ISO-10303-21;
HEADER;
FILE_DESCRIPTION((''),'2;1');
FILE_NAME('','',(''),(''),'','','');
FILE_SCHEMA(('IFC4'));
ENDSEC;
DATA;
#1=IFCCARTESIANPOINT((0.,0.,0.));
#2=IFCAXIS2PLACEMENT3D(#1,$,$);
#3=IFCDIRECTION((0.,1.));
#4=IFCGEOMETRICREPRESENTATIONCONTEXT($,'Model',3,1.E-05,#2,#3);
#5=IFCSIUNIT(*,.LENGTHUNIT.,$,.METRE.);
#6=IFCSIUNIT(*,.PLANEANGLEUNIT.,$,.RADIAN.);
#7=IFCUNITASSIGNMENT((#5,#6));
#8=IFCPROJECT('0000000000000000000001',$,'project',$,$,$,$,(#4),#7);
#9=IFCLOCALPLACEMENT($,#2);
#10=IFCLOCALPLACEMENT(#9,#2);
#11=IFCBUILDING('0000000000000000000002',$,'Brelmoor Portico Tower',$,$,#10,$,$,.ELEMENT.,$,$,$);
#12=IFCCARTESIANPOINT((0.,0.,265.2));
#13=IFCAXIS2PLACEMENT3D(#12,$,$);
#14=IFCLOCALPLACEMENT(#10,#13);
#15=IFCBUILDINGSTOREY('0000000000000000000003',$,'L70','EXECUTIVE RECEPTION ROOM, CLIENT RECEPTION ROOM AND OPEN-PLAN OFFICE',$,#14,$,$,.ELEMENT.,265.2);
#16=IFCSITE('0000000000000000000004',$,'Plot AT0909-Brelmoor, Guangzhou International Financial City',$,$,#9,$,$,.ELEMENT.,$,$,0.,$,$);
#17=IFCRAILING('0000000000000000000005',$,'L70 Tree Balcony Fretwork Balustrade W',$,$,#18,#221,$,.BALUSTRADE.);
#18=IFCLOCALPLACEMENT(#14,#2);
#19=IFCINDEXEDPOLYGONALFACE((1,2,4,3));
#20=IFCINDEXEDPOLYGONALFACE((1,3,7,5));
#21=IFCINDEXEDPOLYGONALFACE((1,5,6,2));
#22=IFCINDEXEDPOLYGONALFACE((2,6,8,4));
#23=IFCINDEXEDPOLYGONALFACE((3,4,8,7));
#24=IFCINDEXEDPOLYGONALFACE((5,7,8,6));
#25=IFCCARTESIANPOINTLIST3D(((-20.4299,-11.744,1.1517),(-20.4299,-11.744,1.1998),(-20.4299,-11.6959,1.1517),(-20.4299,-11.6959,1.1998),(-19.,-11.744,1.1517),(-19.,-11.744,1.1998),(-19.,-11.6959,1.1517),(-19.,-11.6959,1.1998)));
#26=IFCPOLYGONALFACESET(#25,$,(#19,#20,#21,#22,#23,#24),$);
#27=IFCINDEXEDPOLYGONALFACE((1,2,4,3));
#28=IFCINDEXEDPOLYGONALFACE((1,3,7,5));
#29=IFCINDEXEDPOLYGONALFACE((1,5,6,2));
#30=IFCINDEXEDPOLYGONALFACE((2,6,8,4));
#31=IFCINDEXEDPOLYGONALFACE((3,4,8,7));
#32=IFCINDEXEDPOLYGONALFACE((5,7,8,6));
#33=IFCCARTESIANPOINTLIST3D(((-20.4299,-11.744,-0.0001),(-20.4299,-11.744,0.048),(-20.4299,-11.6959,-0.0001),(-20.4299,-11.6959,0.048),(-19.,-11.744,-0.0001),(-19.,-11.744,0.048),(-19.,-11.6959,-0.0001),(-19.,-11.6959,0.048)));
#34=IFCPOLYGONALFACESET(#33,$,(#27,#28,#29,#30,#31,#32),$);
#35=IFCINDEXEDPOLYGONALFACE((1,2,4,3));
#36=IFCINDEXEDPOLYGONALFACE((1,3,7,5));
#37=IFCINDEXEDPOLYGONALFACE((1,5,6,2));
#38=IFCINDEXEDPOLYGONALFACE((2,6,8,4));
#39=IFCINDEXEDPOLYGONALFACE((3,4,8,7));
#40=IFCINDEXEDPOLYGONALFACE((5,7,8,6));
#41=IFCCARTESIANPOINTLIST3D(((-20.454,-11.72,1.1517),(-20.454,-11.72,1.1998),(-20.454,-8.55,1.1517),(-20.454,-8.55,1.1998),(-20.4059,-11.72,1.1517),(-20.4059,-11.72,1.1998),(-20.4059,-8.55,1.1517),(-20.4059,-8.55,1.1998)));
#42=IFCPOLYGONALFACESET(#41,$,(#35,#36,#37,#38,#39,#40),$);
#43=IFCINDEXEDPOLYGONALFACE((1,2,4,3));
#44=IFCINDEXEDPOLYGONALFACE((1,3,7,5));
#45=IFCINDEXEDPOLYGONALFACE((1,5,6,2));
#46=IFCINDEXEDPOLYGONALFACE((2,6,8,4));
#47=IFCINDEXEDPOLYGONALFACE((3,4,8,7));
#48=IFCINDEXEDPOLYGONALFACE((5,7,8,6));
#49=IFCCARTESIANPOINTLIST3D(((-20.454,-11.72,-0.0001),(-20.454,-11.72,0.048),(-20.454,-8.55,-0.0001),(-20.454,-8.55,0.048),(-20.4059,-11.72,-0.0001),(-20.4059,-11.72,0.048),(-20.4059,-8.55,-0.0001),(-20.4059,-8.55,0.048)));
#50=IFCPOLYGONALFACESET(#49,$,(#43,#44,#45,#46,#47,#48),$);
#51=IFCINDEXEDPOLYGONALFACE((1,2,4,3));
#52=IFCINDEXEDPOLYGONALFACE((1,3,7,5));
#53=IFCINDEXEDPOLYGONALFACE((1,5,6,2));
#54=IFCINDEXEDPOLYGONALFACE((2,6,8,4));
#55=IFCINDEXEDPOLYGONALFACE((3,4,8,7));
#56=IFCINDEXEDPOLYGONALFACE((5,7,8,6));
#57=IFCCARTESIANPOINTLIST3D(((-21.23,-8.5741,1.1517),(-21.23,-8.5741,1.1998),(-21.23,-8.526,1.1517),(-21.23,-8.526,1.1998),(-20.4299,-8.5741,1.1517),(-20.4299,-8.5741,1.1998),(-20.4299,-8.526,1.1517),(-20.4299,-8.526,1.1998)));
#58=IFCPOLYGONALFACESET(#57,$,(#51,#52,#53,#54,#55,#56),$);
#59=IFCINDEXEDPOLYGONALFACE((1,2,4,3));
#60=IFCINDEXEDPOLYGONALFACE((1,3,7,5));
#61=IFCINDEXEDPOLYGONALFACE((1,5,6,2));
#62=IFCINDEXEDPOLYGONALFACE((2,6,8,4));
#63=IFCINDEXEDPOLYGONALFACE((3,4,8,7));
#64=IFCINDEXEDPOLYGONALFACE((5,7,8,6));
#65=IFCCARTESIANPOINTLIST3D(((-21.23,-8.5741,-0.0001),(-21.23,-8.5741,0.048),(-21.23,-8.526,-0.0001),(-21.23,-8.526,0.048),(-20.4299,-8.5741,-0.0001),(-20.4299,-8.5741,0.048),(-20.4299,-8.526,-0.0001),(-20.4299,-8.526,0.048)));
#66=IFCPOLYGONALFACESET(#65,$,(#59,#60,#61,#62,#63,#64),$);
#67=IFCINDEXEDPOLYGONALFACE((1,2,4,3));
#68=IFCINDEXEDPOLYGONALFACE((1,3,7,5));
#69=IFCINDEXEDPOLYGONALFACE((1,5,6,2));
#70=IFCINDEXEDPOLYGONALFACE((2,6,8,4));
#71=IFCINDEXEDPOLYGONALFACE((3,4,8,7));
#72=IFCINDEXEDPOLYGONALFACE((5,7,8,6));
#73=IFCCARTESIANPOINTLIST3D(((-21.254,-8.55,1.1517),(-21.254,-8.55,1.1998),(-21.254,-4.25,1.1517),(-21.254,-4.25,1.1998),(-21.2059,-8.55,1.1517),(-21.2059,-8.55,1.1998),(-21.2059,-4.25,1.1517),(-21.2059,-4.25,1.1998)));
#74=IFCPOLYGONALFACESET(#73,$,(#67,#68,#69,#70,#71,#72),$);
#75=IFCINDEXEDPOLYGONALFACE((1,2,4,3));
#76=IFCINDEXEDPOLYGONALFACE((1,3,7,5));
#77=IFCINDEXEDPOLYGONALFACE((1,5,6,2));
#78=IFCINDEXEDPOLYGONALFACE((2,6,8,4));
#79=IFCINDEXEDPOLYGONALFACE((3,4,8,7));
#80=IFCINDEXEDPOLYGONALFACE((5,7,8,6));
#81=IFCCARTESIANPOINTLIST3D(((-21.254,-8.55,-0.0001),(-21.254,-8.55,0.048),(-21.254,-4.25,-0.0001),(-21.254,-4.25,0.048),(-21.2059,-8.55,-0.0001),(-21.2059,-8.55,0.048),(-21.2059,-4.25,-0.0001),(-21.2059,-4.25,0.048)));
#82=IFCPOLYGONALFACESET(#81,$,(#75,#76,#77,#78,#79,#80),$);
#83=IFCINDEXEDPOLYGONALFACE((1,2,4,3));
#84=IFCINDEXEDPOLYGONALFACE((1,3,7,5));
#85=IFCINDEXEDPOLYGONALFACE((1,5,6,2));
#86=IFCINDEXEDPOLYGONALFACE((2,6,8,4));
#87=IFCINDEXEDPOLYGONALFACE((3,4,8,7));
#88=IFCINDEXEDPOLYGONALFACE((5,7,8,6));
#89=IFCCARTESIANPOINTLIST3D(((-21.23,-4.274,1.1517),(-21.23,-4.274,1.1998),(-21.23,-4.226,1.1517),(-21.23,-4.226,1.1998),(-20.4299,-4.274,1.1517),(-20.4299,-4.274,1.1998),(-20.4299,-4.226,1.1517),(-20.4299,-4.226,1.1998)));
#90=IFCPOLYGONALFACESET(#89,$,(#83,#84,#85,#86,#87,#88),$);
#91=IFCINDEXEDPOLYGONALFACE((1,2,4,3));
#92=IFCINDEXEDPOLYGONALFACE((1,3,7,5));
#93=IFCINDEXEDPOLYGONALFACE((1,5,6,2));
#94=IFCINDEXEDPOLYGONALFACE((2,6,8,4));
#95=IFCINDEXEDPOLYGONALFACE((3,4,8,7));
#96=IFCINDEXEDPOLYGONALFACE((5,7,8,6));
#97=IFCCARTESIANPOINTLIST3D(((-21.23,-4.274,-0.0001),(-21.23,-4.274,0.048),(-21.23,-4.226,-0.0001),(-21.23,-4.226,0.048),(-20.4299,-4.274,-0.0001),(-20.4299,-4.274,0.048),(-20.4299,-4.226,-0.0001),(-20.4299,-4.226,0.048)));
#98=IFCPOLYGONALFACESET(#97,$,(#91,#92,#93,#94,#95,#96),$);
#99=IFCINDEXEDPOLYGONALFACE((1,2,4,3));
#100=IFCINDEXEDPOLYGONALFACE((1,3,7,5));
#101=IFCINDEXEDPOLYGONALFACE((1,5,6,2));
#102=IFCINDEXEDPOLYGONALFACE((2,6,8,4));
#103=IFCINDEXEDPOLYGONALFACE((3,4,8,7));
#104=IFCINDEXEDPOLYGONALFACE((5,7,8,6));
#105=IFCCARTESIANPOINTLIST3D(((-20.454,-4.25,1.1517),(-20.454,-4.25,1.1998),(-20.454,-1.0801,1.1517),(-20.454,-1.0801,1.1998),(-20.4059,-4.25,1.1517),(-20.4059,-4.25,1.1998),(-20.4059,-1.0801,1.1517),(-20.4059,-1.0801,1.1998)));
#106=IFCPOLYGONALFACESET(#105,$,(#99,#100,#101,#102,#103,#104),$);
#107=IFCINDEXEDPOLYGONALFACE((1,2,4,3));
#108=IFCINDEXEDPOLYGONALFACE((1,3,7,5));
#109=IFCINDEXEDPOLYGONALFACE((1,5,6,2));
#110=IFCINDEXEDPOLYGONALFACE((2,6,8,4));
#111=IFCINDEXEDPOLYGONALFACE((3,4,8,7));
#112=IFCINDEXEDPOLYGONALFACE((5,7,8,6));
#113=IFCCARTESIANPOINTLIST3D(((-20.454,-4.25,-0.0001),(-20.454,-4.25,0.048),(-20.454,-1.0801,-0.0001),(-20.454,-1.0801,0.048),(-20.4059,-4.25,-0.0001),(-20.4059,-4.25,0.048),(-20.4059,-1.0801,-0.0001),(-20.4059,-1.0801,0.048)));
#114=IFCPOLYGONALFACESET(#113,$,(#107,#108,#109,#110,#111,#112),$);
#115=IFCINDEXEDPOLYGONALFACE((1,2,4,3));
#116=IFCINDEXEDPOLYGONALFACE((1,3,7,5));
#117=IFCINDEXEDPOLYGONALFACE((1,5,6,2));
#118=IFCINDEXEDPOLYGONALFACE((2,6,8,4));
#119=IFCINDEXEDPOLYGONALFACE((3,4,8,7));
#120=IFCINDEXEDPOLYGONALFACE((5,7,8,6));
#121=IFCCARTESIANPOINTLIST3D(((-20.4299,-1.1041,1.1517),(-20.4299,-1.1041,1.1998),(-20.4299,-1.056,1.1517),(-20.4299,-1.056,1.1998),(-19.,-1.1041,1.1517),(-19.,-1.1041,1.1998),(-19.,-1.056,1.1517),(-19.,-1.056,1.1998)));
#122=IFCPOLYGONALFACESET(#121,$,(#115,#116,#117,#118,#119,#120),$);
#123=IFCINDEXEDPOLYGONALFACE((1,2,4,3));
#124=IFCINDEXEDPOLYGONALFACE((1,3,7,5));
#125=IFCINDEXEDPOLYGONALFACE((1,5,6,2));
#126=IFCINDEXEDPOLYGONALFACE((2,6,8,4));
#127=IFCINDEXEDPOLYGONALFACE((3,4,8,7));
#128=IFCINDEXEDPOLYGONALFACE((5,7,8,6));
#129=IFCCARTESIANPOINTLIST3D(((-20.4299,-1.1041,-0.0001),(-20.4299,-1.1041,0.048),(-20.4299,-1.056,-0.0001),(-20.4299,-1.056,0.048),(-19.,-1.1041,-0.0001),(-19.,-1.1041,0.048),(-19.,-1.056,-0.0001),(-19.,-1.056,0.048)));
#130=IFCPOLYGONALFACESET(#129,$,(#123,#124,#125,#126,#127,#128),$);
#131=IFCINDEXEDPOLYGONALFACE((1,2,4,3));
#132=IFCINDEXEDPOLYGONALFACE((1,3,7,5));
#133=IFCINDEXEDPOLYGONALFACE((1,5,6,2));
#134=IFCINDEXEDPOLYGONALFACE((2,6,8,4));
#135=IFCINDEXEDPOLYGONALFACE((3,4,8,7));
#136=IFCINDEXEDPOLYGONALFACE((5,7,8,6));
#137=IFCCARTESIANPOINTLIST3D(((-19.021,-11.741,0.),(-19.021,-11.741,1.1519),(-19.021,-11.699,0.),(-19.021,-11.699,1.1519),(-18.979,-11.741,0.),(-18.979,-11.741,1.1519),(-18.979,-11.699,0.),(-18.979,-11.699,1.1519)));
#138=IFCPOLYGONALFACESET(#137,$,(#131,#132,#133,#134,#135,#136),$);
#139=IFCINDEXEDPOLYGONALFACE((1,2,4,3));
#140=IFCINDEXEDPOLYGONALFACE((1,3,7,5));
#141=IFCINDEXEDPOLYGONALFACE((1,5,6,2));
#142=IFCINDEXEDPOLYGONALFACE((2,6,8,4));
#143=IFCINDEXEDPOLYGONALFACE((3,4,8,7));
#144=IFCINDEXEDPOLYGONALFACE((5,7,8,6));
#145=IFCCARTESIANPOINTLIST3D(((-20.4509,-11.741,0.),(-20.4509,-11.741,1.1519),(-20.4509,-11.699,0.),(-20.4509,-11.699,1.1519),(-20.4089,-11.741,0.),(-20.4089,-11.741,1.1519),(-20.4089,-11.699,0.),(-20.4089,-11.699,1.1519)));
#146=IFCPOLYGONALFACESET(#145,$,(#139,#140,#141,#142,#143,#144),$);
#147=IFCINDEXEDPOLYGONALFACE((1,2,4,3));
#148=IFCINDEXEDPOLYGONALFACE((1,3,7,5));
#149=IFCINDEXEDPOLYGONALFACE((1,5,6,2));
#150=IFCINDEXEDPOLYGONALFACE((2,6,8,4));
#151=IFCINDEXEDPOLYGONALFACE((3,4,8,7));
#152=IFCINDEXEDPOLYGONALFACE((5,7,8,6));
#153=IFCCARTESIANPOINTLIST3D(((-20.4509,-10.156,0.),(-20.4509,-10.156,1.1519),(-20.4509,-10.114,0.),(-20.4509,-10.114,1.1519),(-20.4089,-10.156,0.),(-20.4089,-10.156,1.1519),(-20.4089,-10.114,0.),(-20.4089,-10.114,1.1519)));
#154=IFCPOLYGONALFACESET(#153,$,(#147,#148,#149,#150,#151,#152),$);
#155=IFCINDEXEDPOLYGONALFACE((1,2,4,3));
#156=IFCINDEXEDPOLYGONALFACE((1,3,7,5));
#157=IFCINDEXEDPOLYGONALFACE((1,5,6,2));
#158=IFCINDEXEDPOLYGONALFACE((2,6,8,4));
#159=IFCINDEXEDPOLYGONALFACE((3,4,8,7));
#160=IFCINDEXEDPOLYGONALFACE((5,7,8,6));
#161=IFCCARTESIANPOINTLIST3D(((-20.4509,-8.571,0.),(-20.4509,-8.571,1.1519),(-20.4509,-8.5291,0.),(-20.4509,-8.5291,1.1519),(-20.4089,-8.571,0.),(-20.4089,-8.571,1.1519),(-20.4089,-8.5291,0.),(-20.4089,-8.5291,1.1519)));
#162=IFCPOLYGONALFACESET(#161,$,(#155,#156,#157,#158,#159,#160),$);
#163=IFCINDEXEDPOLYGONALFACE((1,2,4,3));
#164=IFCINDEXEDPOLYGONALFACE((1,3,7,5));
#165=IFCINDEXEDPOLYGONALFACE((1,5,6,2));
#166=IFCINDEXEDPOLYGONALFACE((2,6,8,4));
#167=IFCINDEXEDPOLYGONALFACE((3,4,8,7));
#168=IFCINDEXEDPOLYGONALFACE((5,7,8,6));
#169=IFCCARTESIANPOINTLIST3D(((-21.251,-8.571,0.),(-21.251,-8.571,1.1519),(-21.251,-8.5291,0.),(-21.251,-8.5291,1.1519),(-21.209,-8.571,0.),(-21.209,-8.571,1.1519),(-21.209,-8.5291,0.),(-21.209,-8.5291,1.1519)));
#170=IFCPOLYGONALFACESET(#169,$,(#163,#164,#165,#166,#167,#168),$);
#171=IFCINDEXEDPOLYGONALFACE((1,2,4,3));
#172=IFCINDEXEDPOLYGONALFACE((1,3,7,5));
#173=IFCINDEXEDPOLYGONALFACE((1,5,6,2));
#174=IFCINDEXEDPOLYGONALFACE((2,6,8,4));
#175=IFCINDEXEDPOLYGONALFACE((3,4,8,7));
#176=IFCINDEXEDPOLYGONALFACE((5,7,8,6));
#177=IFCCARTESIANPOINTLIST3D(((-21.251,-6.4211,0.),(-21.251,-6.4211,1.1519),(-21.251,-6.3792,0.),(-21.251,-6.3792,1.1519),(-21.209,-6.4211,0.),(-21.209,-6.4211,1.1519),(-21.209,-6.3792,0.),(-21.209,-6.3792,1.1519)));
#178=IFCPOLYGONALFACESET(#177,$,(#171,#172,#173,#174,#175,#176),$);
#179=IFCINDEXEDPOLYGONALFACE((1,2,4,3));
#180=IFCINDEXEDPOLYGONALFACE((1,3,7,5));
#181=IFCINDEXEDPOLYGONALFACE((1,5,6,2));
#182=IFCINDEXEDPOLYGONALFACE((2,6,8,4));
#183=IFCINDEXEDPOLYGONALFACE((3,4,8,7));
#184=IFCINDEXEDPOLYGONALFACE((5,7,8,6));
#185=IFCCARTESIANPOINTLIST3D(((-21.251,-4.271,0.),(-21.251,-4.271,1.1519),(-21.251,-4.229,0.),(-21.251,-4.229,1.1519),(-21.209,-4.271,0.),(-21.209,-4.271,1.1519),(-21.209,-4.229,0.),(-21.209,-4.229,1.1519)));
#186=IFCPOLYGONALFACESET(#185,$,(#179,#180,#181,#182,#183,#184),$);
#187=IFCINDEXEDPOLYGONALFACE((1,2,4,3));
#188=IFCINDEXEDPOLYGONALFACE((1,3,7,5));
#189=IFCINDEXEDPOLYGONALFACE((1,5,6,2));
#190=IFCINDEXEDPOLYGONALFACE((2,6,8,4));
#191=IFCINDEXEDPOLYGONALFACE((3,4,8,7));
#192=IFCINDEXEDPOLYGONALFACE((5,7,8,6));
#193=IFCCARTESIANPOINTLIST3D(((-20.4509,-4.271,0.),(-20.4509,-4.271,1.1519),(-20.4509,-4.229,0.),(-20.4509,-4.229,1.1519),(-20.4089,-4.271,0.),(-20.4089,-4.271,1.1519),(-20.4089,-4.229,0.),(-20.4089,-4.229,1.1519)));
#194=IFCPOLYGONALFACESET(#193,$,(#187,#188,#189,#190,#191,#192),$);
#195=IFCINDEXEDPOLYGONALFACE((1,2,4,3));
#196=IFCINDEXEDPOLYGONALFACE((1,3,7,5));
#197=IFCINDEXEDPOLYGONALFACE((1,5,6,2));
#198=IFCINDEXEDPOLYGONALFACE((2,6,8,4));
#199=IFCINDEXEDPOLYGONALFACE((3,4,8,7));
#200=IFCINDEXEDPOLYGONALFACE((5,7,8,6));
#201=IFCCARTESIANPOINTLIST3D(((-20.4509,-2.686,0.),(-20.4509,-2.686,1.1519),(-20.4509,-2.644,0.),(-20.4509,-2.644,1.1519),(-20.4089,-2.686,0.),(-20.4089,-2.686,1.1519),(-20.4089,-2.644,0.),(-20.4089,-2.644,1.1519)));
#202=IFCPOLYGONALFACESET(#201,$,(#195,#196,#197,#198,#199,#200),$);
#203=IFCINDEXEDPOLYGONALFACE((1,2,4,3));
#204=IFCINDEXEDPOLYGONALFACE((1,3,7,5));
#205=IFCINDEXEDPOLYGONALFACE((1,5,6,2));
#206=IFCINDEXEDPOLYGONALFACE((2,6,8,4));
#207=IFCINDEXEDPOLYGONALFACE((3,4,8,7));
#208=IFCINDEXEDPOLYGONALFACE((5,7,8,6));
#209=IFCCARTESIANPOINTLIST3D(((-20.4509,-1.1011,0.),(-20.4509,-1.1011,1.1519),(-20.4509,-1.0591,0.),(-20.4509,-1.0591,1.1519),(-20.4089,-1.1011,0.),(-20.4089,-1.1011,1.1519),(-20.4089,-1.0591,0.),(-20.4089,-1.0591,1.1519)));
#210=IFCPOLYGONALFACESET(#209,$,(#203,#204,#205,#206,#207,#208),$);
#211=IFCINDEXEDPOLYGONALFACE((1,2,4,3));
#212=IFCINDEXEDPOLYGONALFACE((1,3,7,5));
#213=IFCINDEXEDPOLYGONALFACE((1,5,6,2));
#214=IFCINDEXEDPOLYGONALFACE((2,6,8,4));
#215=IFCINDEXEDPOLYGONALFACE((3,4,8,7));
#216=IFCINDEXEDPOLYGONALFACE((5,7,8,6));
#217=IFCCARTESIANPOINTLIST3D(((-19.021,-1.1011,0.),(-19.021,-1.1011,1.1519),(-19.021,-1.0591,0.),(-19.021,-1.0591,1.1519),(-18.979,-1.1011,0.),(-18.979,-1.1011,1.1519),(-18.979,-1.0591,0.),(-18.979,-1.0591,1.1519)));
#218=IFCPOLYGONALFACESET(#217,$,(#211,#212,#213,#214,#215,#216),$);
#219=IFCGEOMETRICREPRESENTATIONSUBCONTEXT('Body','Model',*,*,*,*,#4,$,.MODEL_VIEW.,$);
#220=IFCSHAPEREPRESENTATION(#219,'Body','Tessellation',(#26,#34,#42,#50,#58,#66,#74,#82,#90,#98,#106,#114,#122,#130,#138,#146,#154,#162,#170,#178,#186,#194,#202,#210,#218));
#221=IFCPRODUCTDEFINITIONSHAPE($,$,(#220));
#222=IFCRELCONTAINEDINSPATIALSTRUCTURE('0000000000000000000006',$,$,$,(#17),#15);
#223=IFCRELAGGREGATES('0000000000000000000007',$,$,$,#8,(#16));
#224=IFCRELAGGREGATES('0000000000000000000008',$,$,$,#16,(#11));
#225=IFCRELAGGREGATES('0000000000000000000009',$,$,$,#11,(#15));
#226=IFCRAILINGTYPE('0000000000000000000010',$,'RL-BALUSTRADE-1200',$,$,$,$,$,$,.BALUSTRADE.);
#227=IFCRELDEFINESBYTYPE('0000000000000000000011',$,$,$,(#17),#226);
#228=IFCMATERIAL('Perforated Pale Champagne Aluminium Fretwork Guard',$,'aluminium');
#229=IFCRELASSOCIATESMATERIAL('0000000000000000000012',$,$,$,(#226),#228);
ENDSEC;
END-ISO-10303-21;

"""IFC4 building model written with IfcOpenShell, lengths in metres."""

from ifc_helpers import new_model, si_unit, direction, frame, origin, origin_2d, place, context, subcontext, project, spatial, rectangle, extrude, material, type_object, element, save


model = new_model("IFC4")

# Units and contexts
model_context = context("Model", 3, precision=1e-05, world=origin(), true_north=direction((0.0, 1.0)))
body_context = subcontext(model_context, "Body", "Model", "MODEL_VIEW")
ifc_project = project(units=[si_unit("LENGTHUNIT", "METRE"), si_unit("PLANEANGLEUNIT", "RADIAN")], contexts=[model_context])

# Site, building, storey
site_placement = place(None, origin())
site = spatial("IfcSite", under=ifc_project, at=site_placement, Name="Plot AT0909-Brelmoor, Guangzhou International Financial City", CompositionType="ELEMENT", RefElevation=0.0)
building_placement = place(site_placement, origin())
building = spatial("IfcBuilding", under=site, at=building_placement, Name="Brelmoor Portico Tower", CompositionType="ELEMENT")
storey_placement = place(building_placement, frame((0.0, 0.0, 265.2)))
storey = spatial("IfcBuildingStorey", under=building, at=storey_placement, Name="L70", Description="EXECUTIVE RECEPTION ROOM, CLIENT RECEPTION ROOM AND OPEN-PLAN OFFICE", CompositionType="ELEMENT", Elevation=265.2)

# Railing
ifc_material_1 = material(Name="Perforated Pale Champagne Aluminium Fretwork Guard", Category="aluminium")
railing_type = type_object("IfcRailingType", Name="RL-BALUSTRADE-1200", PredefinedType="BALUSTRADE", material=ifc_material_1)
railing_1_placement = place(storey_placement, frame((-19.0, -11.72, 0.0)))
element("IfcRailing", 1, at=railing_1_placement, inside=storey, type_object=railing_type, Name="L70 Tree Balcony Fretwork Balustrade W", PredefinedType="BALUSTRADE", context=body_context, shape_type="SweptSolid", body=[
    extrude(rectangle(XDim=0.0481, YDim=0.0481, at=origin_2d()), frame((0.0, 0.0, 1.1758), z_axis=(-1.0, 0.0, 0.0), x_axis=(0.0, -1.0, 0.0)), (0.0, 0.0, 1.0), 1.4299),
    extrude(rectangle(XDim=0.0481, YDim=0.0481, at=origin_2d()), frame((0.0, 0.0, 0.0239), z_axis=(-1.0, 0.0, 0.0), x_axis=(0.0, -1.0, 0.0)), (0.0, 0.0, 1.0), 1.4299),
    extrude(rectangle(XDim=0.0481, YDim=0.0481, at=origin_2d()), frame((-1.4299, 0.0, 1.1758), z_axis=(0.0, 1.0, 0.0), x_axis=(-1.0, 0.0, 0.0)), (0.0, 0.0, 1.0), 3.1699),
    extrude(rectangle(XDim=0.0481, YDim=0.0481, at=origin_2d()), frame((-1.4299, 0.0, 0.0239), z_axis=(0.0, 1.0, 0.0), x_axis=(-1.0, 0.0, 0.0)), (0.0, 0.0, 1.0), 3.1699),
    extrude(rectangle(XDim=0.0481, YDim=0.0481, at=origin_2d()), frame((-1.4299, 3.1699, 1.1758), z_axis=(-1.0, 0.0, 0.0), x_axis=(0.0, -1.0, 0.0)), (0.0, 0.0, 1.0), 0.8),
    extrude(rectangle(XDim=0.0481, YDim=0.0481, at=origin_2d()), frame((-1.4299, 3.1699, 0.0239), z_axis=(-1.0, 0.0, 0.0), x_axis=(0.0, -1.0, 0.0)), (0.0, 0.0, 1.0), 0.8),
    extrude(rectangle(XDim=0.0481, YDim=0.0481, at=origin_2d()), frame((-2.23, 3.1699, 1.1758), z_axis=(0.0, 1.0, 0.0), x_axis=(-1.0, 0.0, 0.0)), (0.0, 0.0, 1.0), 4.3),
    extrude(rectangle(XDim=0.0481, YDim=0.0481, at=origin_2d()), frame((-2.23, 3.1699, 0.0239), z_axis=(0.0, 1.0, 0.0), x_axis=(-1.0, 0.0, 0.0)), (0.0, 0.0, 1.0), 4.3),
    extrude(rectangle(XDim=0.0481, YDim=0.0481, at=origin_2d()), frame((-2.23, 7.47, 1.1758), z_axis=(1.0, 0.0, 0.0), x_axis=(0.0, 1.0, 0.0)), (0.0, 0.0, 1.0), 0.8),
    extrude(rectangle(XDim=0.0481, YDim=0.0481, at=origin_2d()), frame((-2.23, 7.47, 0.0239), z_axis=(1.0, 0.0, 0.0), x_axis=(0.0, 1.0, 0.0)), (0.0, 0.0, 1.0), 0.8),
    extrude(rectangle(XDim=0.0481, YDim=0.0481, at=origin_2d()), frame((-1.4299, 7.47, 1.1758), z_axis=(0.0, 1.0, 0.0), x_axis=(-1.0, 0.0, 0.0)), (0.0, 0.0, 1.0), 3.1699),
    extrude(rectangle(XDim=0.0481, YDim=0.0481, at=origin_2d()), frame((-1.4299, 7.47, 0.0239), z_axis=(0.0, 1.0, 0.0), x_axis=(-1.0, 0.0, 0.0)), (0.0, 0.0, 1.0), 3.1699),
    extrude(rectangle(XDim=0.0481, YDim=0.0481, at=origin_2d()), frame((-1.4299, 10.6399, 1.1758), z_axis=(1.0, 0.0, 0.0), x_axis=(0.0, 1.0, 0.0)), (0.0, 0.0, 1.0), 1.4299),
    extrude(rectangle(XDim=0.0481, YDim=0.0481, at=origin_2d()), frame((-1.4299, 10.6399, 0.0239), z_axis=(1.0, 0.0, 0.0), x_axis=(0.0, 1.0, 0.0)), (0.0, 0.0, 1.0), 1.4299),
    extrude(rectangle(XDim=0.042, YDim=0.042, at=origin_2d()), origin(), (0.0, 0.0, 1.0), 1.1519),
    extrude(rectangle(XDim=0.042, YDim=0.042, at=origin_2d()), frame((-1.4299, 0.0, 0.0)), (0.0, 0.0, 1.0), 1.1519),
    extrude(rectangle(XDim=0.042, YDim=0.042, at=origin_2d()), frame((-1.4299, 1.585, 0.0)), (0.0, 0.0, 1.0), 1.1519),
    extrude(rectangle(XDim=0.042, YDim=0.042, at=origin_2d()), frame((-1.4299, 3.1699, 0.0)), (0.0, 0.0, 1.0), 1.1519),
    extrude(rectangle(XDim=0.042, YDim=0.042, at=origin_2d()), frame((-2.23, 3.1699, 0.0)), (0.0, 0.0, 1.0), 1.1519),
    extrude(rectangle(XDim=0.042, YDim=0.042, at=origin_2d()), frame((-2.23, 5.3198, 0.0)), (0.0, 0.0, 1.0), 1.1519),
    extrude(rectangle(XDim=0.042, YDim=0.042, at=origin_2d()), frame((-2.23, 7.47, 0.0)), (0.0, 0.0, 1.0), 1.1519),
    extrude(rectangle(XDim=0.042, YDim=0.042, at=origin_2d()), frame((-1.4299, 7.47, 0.0)), (0.0, 0.0, 1.0), 1.1519),
    extrude(rectangle(XDim=0.042, YDim=0.042, at=origin_2d()), frame((-1.4299, 9.0549, 0.0)), (0.0, 0.0, 1.0), 1.1519),
    extrude(rectangle(XDim=0.042, YDim=0.042, at=origin_2d()), frame((-1.4299, 10.6399, 0.0)), (0.0, 0.0, 1.0), 1.1519),
    extrude(rectangle(XDim=0.042, YDim=0.042, at=origin_2d()), frame((0.0, 10.6399, 0.0)), (0.0, 0.0, 1.0), 1.1519),
])

save(model, "model.ifc")
